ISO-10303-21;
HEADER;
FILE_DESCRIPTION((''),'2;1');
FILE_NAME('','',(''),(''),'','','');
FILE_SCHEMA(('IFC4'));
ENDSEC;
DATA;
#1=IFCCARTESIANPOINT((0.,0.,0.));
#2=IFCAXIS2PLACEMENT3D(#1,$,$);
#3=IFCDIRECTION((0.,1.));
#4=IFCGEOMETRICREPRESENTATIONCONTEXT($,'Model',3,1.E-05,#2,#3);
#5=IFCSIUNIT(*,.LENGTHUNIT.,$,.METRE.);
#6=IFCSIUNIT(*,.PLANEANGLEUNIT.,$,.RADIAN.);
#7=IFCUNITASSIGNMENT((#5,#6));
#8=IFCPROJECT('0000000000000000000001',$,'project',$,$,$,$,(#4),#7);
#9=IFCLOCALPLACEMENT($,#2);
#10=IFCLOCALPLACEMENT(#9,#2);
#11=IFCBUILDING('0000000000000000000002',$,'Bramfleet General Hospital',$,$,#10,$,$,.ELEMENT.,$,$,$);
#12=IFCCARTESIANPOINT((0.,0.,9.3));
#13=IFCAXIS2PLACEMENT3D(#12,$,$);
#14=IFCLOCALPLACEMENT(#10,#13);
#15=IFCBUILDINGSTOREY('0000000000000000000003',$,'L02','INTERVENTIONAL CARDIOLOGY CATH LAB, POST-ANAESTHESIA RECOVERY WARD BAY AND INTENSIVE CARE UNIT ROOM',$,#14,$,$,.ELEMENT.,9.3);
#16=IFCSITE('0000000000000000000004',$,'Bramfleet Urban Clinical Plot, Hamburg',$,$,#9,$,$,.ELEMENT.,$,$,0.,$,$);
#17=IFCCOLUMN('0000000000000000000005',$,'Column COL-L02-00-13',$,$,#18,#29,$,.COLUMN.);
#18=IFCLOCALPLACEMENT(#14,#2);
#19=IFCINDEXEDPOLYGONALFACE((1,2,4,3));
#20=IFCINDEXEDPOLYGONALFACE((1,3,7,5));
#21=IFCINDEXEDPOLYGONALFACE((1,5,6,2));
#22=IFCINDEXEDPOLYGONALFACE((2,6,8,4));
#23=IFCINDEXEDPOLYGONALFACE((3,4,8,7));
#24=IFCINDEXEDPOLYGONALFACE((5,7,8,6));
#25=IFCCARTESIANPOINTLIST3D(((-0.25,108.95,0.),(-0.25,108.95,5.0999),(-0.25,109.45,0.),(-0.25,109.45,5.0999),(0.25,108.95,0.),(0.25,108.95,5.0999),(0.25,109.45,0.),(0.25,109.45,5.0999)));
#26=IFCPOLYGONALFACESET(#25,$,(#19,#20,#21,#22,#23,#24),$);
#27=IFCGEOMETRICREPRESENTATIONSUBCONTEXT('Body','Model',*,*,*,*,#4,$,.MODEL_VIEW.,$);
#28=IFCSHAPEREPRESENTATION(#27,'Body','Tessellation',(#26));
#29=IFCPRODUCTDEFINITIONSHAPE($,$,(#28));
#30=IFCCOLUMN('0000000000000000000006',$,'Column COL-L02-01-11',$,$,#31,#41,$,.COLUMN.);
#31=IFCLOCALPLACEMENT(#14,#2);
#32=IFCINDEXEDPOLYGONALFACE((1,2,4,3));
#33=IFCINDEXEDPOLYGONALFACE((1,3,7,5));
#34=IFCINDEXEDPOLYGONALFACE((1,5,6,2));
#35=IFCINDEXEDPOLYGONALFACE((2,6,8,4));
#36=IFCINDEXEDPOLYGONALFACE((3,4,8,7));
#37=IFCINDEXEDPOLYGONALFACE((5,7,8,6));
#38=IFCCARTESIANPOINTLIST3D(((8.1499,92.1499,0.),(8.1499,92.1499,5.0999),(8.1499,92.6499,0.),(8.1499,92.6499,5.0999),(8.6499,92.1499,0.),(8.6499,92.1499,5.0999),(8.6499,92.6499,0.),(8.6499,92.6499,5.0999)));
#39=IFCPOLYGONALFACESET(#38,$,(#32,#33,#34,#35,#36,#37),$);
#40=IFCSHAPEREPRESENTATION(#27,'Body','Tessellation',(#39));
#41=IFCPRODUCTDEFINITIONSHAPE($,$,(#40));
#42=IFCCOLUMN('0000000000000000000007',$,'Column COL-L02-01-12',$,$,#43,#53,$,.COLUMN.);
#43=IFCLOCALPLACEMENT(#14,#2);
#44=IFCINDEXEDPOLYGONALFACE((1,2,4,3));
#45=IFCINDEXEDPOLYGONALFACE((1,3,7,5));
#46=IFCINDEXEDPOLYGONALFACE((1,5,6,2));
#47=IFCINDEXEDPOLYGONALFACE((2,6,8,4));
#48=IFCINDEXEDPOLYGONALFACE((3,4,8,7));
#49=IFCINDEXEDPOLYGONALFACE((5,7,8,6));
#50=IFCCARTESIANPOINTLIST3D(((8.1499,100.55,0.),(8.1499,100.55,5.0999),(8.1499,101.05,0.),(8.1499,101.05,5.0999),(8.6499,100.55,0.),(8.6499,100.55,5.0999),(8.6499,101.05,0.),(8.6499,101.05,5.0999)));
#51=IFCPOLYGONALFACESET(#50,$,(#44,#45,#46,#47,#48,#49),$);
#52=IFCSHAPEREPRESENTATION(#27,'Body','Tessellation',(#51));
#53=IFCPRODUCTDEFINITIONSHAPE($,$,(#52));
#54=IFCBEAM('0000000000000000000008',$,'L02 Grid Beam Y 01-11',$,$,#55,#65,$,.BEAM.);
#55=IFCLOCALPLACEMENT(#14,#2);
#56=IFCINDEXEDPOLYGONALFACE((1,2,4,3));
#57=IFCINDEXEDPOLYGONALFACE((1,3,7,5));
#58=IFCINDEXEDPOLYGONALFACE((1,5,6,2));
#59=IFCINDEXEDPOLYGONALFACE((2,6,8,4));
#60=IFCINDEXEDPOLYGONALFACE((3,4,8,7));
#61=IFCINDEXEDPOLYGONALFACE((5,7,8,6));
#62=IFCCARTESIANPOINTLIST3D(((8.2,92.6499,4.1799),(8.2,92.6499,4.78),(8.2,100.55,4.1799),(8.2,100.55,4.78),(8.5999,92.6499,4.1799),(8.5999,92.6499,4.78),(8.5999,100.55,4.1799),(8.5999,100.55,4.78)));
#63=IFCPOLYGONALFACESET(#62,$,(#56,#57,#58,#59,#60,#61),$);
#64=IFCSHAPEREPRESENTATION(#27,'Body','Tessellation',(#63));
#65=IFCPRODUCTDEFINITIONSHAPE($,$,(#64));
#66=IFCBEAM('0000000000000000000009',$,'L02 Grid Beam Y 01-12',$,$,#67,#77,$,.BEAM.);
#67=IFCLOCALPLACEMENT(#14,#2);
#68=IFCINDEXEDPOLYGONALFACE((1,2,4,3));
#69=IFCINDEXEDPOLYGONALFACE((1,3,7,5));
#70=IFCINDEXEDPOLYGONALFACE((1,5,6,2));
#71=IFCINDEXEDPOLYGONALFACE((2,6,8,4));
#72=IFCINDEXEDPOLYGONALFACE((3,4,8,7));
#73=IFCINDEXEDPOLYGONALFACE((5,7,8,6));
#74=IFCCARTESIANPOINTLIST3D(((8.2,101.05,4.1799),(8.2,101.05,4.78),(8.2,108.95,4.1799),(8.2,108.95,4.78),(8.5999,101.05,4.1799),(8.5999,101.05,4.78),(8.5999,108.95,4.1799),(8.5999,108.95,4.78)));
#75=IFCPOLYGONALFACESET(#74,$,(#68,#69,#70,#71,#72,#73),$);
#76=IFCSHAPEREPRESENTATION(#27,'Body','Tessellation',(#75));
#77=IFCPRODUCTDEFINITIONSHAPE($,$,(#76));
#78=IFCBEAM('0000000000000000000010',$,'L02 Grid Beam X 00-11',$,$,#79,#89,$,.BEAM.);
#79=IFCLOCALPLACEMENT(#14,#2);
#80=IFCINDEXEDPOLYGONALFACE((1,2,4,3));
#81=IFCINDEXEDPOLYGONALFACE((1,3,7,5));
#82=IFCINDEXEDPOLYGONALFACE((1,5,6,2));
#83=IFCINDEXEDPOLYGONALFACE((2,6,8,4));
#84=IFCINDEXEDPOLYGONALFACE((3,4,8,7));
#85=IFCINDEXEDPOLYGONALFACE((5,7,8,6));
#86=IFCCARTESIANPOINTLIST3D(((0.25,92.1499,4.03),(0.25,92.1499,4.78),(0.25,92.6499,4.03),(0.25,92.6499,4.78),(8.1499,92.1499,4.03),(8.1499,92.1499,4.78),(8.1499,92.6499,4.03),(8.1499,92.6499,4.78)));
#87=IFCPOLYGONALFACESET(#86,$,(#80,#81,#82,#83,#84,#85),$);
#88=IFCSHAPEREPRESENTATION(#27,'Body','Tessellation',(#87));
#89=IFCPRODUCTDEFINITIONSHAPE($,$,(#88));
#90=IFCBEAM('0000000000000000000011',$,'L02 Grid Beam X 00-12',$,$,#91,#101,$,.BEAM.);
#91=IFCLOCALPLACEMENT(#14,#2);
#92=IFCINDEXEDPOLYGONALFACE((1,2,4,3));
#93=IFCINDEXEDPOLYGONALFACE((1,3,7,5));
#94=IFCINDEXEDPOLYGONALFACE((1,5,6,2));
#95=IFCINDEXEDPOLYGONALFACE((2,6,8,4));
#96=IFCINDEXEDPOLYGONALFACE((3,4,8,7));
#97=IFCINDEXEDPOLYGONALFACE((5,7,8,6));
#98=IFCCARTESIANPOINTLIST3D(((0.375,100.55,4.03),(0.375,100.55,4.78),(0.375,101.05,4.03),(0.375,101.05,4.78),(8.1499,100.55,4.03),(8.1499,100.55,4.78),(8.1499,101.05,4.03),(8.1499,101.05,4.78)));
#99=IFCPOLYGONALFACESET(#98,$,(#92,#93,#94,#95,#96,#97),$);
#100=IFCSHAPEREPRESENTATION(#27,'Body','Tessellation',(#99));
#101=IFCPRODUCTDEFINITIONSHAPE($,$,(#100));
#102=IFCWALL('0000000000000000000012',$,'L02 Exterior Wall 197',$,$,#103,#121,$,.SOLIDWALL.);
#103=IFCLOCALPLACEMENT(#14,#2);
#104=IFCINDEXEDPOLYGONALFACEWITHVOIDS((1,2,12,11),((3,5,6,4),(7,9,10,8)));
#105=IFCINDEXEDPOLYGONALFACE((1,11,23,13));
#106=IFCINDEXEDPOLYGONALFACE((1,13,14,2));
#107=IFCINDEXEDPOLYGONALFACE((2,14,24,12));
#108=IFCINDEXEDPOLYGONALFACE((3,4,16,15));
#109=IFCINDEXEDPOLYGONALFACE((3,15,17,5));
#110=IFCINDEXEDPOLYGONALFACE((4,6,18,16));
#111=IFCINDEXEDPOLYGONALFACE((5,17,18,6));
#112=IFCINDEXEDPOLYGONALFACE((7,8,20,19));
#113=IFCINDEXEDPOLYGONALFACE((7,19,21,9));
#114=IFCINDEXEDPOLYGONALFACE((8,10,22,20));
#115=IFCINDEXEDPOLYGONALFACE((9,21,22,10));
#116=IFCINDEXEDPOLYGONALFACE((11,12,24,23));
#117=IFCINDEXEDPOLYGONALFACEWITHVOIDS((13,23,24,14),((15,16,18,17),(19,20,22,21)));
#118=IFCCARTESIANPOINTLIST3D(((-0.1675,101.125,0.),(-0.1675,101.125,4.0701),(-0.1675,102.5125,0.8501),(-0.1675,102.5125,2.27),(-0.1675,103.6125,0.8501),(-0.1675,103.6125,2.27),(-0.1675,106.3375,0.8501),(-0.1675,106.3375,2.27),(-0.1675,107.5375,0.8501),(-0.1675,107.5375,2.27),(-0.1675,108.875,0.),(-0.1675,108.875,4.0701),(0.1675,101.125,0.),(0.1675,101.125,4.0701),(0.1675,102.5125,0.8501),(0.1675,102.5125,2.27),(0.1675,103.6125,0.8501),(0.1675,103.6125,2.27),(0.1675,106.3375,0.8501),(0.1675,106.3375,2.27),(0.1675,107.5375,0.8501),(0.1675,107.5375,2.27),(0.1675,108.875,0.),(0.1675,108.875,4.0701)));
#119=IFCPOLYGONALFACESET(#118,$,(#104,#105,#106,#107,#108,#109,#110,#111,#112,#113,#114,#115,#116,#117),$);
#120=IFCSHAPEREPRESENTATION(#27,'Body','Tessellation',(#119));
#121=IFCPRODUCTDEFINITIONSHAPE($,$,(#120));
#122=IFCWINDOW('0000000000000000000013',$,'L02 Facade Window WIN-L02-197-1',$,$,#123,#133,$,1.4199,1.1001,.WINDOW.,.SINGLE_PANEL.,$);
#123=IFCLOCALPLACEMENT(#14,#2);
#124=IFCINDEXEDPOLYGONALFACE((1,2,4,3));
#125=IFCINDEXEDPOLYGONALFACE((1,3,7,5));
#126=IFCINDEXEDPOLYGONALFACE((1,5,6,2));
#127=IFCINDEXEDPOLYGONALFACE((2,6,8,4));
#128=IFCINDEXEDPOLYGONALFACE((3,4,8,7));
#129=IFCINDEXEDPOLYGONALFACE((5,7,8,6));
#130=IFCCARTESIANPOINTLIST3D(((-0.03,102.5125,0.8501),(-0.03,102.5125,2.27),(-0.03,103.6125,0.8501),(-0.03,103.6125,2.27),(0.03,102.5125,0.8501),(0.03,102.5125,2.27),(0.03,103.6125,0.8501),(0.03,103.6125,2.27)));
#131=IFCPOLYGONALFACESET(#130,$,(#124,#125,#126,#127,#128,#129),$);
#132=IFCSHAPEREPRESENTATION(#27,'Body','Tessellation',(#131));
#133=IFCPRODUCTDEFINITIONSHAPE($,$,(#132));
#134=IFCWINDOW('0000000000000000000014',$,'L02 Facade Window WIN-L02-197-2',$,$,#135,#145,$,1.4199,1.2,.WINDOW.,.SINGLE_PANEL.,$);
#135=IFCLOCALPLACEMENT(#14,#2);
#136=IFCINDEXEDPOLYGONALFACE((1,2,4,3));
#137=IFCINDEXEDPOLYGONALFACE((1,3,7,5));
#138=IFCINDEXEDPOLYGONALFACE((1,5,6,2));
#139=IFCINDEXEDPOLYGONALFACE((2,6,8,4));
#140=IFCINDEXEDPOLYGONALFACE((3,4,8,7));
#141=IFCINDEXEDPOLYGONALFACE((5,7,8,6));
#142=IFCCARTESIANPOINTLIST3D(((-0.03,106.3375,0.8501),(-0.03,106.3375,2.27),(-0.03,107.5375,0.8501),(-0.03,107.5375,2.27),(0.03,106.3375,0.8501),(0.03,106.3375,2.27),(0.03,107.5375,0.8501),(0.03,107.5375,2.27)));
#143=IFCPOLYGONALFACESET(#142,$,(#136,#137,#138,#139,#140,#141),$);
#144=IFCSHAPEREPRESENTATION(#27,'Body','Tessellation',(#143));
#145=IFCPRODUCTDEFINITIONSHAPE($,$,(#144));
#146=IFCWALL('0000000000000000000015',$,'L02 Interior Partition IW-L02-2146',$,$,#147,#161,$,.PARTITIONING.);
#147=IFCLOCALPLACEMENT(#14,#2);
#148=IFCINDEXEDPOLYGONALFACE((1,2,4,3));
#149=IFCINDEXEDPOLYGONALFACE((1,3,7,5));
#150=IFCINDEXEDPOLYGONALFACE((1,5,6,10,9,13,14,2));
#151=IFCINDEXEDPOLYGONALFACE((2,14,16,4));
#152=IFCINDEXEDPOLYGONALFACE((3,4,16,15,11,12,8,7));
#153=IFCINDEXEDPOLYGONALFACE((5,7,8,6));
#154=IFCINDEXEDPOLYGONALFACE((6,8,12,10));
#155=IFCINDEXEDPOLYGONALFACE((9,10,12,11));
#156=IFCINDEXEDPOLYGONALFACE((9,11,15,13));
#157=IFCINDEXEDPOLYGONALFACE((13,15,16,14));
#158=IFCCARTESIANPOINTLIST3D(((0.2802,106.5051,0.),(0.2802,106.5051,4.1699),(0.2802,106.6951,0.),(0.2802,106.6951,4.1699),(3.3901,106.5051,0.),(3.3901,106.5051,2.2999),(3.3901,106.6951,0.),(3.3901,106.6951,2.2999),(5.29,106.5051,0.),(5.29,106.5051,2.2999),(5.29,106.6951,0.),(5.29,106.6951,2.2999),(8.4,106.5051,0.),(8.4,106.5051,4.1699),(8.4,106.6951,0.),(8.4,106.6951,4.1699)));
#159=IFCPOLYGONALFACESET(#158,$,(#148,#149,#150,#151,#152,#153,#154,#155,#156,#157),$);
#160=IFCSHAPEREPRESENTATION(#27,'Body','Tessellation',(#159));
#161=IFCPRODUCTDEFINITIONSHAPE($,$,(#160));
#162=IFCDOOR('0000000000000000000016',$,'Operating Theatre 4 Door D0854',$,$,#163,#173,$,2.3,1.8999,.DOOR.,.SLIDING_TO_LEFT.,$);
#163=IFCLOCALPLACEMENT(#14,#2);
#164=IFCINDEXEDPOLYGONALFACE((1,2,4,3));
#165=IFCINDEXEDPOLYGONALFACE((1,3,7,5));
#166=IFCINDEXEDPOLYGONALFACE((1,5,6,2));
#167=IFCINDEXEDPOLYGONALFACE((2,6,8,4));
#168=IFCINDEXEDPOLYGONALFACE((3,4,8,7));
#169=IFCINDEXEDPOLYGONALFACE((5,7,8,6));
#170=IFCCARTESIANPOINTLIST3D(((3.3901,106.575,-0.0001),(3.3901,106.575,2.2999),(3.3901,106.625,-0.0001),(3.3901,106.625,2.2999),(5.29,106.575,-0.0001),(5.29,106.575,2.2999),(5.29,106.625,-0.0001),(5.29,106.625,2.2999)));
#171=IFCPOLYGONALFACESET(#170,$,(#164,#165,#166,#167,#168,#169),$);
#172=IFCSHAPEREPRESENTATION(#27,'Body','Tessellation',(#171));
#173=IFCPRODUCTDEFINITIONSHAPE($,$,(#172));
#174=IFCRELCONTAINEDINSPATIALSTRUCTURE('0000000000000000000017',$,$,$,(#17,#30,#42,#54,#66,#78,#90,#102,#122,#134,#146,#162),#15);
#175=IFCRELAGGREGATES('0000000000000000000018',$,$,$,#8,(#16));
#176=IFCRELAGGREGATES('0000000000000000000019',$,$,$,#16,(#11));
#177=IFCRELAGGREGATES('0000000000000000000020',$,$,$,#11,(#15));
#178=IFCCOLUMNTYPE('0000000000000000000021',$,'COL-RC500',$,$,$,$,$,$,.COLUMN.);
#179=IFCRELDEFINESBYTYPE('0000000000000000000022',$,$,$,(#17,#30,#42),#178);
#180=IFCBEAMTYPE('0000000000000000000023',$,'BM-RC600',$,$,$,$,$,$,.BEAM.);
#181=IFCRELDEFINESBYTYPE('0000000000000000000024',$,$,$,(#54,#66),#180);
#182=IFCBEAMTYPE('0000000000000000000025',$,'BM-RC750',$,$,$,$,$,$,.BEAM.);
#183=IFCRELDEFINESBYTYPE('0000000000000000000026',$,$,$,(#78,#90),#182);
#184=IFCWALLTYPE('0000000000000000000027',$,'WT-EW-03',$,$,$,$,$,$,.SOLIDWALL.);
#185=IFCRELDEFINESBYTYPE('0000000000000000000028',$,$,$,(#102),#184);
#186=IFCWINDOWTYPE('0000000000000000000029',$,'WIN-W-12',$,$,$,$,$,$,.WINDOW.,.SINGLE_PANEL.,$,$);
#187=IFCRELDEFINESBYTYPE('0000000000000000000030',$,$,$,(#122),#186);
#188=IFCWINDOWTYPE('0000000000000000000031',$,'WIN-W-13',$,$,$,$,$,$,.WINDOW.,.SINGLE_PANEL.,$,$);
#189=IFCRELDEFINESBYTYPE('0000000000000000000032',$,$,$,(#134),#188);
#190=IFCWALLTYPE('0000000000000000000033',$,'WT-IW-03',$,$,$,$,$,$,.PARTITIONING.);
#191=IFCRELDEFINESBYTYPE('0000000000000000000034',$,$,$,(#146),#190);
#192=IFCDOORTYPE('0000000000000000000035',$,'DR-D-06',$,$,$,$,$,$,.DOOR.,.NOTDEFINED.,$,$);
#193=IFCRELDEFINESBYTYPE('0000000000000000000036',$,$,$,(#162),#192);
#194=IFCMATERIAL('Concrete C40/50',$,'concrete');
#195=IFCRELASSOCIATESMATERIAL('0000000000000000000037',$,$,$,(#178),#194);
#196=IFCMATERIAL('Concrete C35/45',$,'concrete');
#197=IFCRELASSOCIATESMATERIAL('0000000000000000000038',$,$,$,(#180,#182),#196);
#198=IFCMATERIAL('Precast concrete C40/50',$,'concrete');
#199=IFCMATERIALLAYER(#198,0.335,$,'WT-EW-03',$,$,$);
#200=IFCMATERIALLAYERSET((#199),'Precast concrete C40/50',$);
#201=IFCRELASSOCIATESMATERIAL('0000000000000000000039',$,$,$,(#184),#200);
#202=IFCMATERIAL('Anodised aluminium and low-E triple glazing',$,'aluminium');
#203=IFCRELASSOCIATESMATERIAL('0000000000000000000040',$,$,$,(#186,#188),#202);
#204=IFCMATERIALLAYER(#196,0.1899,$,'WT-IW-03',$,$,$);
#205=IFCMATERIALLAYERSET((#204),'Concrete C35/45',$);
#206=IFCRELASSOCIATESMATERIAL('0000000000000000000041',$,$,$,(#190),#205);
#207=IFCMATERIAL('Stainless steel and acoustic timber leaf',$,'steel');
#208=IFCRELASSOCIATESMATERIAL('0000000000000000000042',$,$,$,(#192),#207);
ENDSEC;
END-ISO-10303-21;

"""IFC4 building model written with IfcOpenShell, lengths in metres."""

from ifc_helpers import new_model, si_unit, direction, frame, frame_2d, origin, origin_2d, place, context, subcontext, project, spatial, rectangle, extrude, material, layer, layer_set, material_profile, profile_set, type_object, element, fill, save


model = new_model("IFC4")

# Units and contexts
model_context = context("Model", 3, precision=1e-05, world=origin(), true_north=direction((0.0, 1.0)))
body_context = subcontext(model_context, "Body", "Model", "MODEL_VIEW")
ifc_project = project(units=[si_unit("LENGTHUNIT", "METRE"), si_unit("PLANEANGLEUNIT", "RADIAN")], contexts=[model_context])

# Site, building, storey
site_placement = place(None, origin())
site = spatial("IfcSite", under=ifc_project, at=site_placement, Name="Bramfleet Urban Clinical Plot, Hamburg", CompositionType="ELEMENT", RefElevation=0.0)
building_placement = place(site_placement, origin())
building = spatial("IfcBuilding", under=site, at=building_placement, Name="Bramfleet General Hospital", CompositionType="ELEMENT")
storey_placement = place(building_placement, frame((0.0, 0.0, 9.3)))
storey = spatial("IfcBuildingStorey", under=building, at=storey_placement, Name="L02", Description="INTERVENTIONAL CARDIOLOGY CATH LAB, POST-ANAESTHESIA RECOVERY WARD BAY AND INTENSIVE CARE UNIT ROOM", CompositionType="ELEMENT", Elevation=9.3)

# Columns
ifc_material_1 = material(Name="Concrete C40/50", Category="concrete")
ifc_material_profile_1 = material_profile(ifc_material_1, rectangle(XDim=0.5, YDim=0.5, at=origin_2d()), Name="RC COL 500x500")
ifc_profile_set_1 = profile_set([ifc_material_profile_1], Name="Concrete C40/50")
column_type = type_object("IfcColumnType", Name="COL-RC500", PredefinedType="COLUMN", material=ifc_profile_set_1)
for number, where, z_axis, x_axis, name in (
    (1, (0.0, 109.2, 0.0), (0.0, 0.0, 1.0), (1.0, 0.0, 0.0), "Column COL-L02-00-13"),
    (2, (8.3999, 92.3999, 0.0), (0.0, 0.0, 1.0), (1.0, 0.0, 0.0), "Column COL-L02-01-11"),
    (3, (8.3999, 100.8, 0.0), (0.0, 0.0, 1.0), (1.0, 0.0, 0.0), "Column COL-L02-01-12"),
):
    element("IfcColumn", number, at=place(storey_placement, frame(where, z_axis=z_axis, x_axis=x_axis)), inside=storey, type_object=column_type, Name=name, PredefinedType="COLUMN", context=body_context, shape_type="SweptSolid", body=[
        extrude(rectangle(XDim=0.5, YDim=0.5, at=origin_2d()), origin(), (0.0, 0.0, 1.0), 5.0999),
    ])

# Beams
ifc_material_2 = material(Name="Concrete C35/45", Category="concrete")
ifc_material_profile_2 = material_profile(ifc_material_2, rectangle(XDim=0.3999, YDim=0.6001, at=origin_2d()), Name="RC BM 600x400")
ifc_profile_set_2 = profile_set([ifc_material_profile_2], Name="Concrete C35/45")
beam_type_1 = type_object("IfcBeamType", Name="BM-RC600", PredefinedType="BEAM", material=ifc_profile_set_2)
beam_1_placement = place(storey_placement, frame((8.3999, 92.6499, 4.48), z_axis=(0.0, 1.0, 0.0), x_axis=(-1.0, 0.0, 0.0)))
element("IfcBeam", 4, at=beam_1_placement, inside=storey, type_object=beam_type_1, Name="L02 Grid Beam Y 01-11", PredefinedType="BEAM", context=body_context, shape_type="SweptSolid", body=[
    extrude(rectangle(XDim=0.3999, YDim=0.6001, at=origin_2d()), origin(), (0.0, 0.0, 1.0), 7.9001),
])
beam_2_placement = place(storey_placement, frame((8.3999, 101.05, 4.48), z_axis=(0.0, 1.0, 0.0), x_axis=(-1.0, 0.0, 0.0)))
element("IfcBeam", 5, at=beam_2_placement, inside=storey, type_object=beam_type_1, Name="L02 Grid Beam Y 01-12", PredefinedType="BEAM", context=body_context, shape_type="SweptSolid", body=[
    extrude(rectangle(XDim=0.3999, YDim=0.6001, at=origin_2d()), origin(), (0.0, 0.0, 1.0), 7.8999),
])
ifc_material_profile_3 = material_profile(ifc_material_2, rectangle(XDim=0.5, YDim=0.75, at=origin_2d()), Name="RC BM 750x500")
ifc_profile_set_3 = profile_set([ifc_material_profile_3], Name="Concrete C35/45")
beam_type_2 = type_object("IfcBeamType", Name="BM-RC750", PredefinedType="BEAM", material=ifc_profile_set_3)
beam_3_placement = place(storey_placement, frame((0.25, 92.3999, 4.405), z_axis=(1.0, 0.0, 0.0), x_axis=(0.0, 1.0, 0.0)))
element("IfcBeam", 6, at=beam_3_placement, inside=storey, type_object=beam_type_2, Name="L02 Grid Beam X 00-11", PredefinedType="BEAM", context=body_context, shape_type="SweptSolid", body=[
    extrude(rectangle(XDim=0.5, YDim=0.75, at=origin_2d()), origin(), (0.0, 0.0, 1.0), 7.8999),
])
beam_4_placement = place(storey_placement, frame((0.375, 100.8, 4.405), z_axis=(1.0, 0.0, 0.0), x_axis=(0.0, 1.0, 0.0)))
element("IfcBeam", 7, at=beam_4_placement, inside=storey, type_object=beam_type_2, Name="L02 Grid Beam X 00-12", PredefinedType="BEAM", context=body_context, shape_type="SweptSolid", body=[
    extrude(rectangle(XDim=0.5, YDim=0.75, at=origin_2d()), origin(), (0.0, 0.0, 1.0), 7.7749),
])

# Wall, openings, windows
ifc_material_3 = material(Name="Precast concrete C40/50", Category="concrete")
ifc_layer_1 = layer(ifc_material_3, 0.335, Name="WT-EW-03")
ifc_layer_set_1 = layer_set([ifc_layer_1], Name="Precast concrete C40/50")
wall_type_1 = type_object("IfcWallType", Name="WT-EW-03", PredefinedType="SOLIDWALL", material=ifc_layer_set_1)
wall_1_placement = place(storey_placement, frame((0.0, 101.125, 0.0), z_axis=(0.0, 0.0, 1.0), x_axis=(0.0, 1.0, 0.0)))
wall_1 = element("IfcWall", 8, at=wall_1_placement, inside=storey, type_object=wall_type_1, Name="L02 Exterior Wall 197", PredefinedType="SOLIDWALL", context=body_context, shape_type="SweptSolid", body=[
    extrude(rectangle(XDim=7.75, YDim=0.335, at=frame_2d((3.875, 0.0))), origin(), (0.0, 0.0, 1.0), 4.0701),
])
opening_1_placement = place(wall_1_placement, frame((1.3875, 0.0, 0.8501)))
opening_1 = element("IfcOpeningElement", 9, at=opening_1_placement, cuts=wall_1, PredefinedType="OPENING", context=body_context, shape_type="SweptSolid", body=[
    extrude(rectangle(XDim=1.1001, YDim=1.4199, at=frame_2d((0.55, 0.71))), frame((0.0, 0.1775, 0.0), z_axis=(0.0, -1.0, 0.0), x_axis=(1.0, 0.0, 0.0)), (0.0, 0.0, 1.0), 0.355),
])
opening_2_placement = place(wall_1_placement, frame((5.2124, 0.0, 0.8501)))
opening_2 = element("IfcOpeningElement", 10, at=opening_2_placement, cuts=wall_1, PredefinedType="OPENING", context=body_context, shape_type="SweptSolid", body=[
    extrude(rectangle(XDim=1.2, YDim=1.4199, at=frame_2d((0.6001, 0.71))), frame((0.0, 0.1775, 0.0), z_axis=(0.0, -1.0, 0.0), x_axis=(1.0, 0.0, 0.0)), (0.0, 0.0, 1.0), 0.355),
])
ifc_material_4 = material(Name="Anodised aluminium and low-E triple glazing", Category="aluminium")
window_type_1 = type_object("IfcWindowType", Name="WIN-W-12", PartitioningType="SINGLE_PANEL", PredefinedType="WINDOW", material=ifc_material_4)
window_1_placement = place(opening_1_placement, origin())
window_1 = element("IfcWindow", 11, at=window_1_placement, inside=storey, type_object=window_type_1, Name="L02 Facade Window WIN-L02-197-1", OverallHeight=1.4199, OverallWidth=1.1001, PartitioningType="SINGLE_PANEL", PredefinedType="WINDOW", context=body_context, shape_type="SweptSolid", body=[
    extrude(rectangle(XDim=1.1001, YDim=1.4199, at=frame_2d((0.55, 0.71))), frame((0.0, 0.03, 0.0), z_axis=(0.0, -1.0, 0.0), x_axis=(1.0, 0.0, 0.0)), (0.0, 0.0, 1.0), 0.0601),
])
fill(opening_1, window_1)
window_type_2 = type_object("IfcWindowType", Name="WIN-W-13", PartitioningType="SINGLE_PANEL", PredefinedType="WINDOW", material=ifc_material_4)
window_2_placement = place(opening_2_placement, origin())
window_2 = element("IfcWindow", 12, at=window_2_placement, inside=storey, type_object=window_type_2, Name="L02 Facade Window WIN-L02-197-2", OverallHeight=1.4199, OverallWidth=1.2, PartitioningType="SINGLE_PANEL", PredefinedType="WINDOW", context=body_context, shape_type="SweptSolid", body=[
    extrude(rectangle(XDim=1.2, YDim=1.4199, at=frame_2d((0.6001, 0.71))), frame((0.0, 0.03, 0.0), z_axis=(0.0, -1.0, 0.0), x_axis=(1.0, 0.0, 0.0)), (0.0, 0.0, 1.0), 0.0601),
])
fill(opening_2, window_2)

# Wall, opening, door
ifc_layer_2 = layer(ifc_material_2, 0.1899, Name="WT-IW-03")
ifc_layer_set_2 = layer_set([ifc_layer_2], Name="Concrete C35/45")
wall_type_2 = type_object("IfcWallType", Name="WT-IW-03", PredefinedType="PARTITIONING", material=ifc_layer_set_2)
wall_2_placement = place(storey_placement, frame((0.28, 106.6001, 0.0), z_axis=(0.0, 0.0, 1.0), x_axis=(1.0, 0.0, 0.0)))
wall_2 = element("IfcWall", 13, at=wall_2_placement, inside=storey, type_object=wall_type_2, Name="L02 Interior Partition IW-L02-2146", PredefinedType="PARTITIONING", context=body_context, shape_type="SweptSolid", body=[
    extrude(rectangle(XDim=8.1199, YDim=0.1899, at=frame_2d((4.0601, 0.0))), origin(), (0.0, 0.0, 1.0), 4.1699),
])
opening_3_placement = place(wall_2_placement, frame((3.1101, 0.0, 0.0)))
opening_3 = element("IfcOpeningElement", 14, at=opening_3_placement, cuts=wall_2, PredefinedType="OPENING", context=body_context, shape_type="SweptSolid", body=[
    extrude(rectangle(XDim=1.8999, YDim=2.3, at=frame_2d((0.95, 1.1499))), frame((0.0, 0.105, 0.0), z_axis=(0.0, -1.0, 0.0), x_axis=(1.0, 0.0, 0.0)), (0.0, 0.0, 1.0), 0.21),
])
ifc_material_5 = material(Name="Stainless steel and acoustic timber leaf", Category="steel")
door_type_1 = type_object("IfcDoorType", Name="DR-D-06", OperationType="NOTDEFINED", PredefinedType="DOOR", material=ifc_material_5)
door_1_placement = place(opening_3_placement, origin())
door_1 = element("IfcDoor", 15, at=door_1_placement, inside=storey, type_object=door_type_1, Name="Operating Theatre 4 Door D0854", OperationType="SLIDING_TO_LEFT", OverallHeight=2.3, OverallWidth=1.8999, PredefinedType="DOOR", context=body_context, shape_type="SweptSolid", body=[
    extrude(rectangle(XDim=1.8999, YDim=2.3, at=frame_2d((0.95, 1.1499))), frame((0.0, 0.0249, 0.0), z_axis=(0.0, -1.0, 0.0), x_axis=(1.0, 0.0, 0.0)), (0.0, 0.0, 1.0), 0.05),
])
fill(opening_3, door_1)

save(model, "model.ifc")
